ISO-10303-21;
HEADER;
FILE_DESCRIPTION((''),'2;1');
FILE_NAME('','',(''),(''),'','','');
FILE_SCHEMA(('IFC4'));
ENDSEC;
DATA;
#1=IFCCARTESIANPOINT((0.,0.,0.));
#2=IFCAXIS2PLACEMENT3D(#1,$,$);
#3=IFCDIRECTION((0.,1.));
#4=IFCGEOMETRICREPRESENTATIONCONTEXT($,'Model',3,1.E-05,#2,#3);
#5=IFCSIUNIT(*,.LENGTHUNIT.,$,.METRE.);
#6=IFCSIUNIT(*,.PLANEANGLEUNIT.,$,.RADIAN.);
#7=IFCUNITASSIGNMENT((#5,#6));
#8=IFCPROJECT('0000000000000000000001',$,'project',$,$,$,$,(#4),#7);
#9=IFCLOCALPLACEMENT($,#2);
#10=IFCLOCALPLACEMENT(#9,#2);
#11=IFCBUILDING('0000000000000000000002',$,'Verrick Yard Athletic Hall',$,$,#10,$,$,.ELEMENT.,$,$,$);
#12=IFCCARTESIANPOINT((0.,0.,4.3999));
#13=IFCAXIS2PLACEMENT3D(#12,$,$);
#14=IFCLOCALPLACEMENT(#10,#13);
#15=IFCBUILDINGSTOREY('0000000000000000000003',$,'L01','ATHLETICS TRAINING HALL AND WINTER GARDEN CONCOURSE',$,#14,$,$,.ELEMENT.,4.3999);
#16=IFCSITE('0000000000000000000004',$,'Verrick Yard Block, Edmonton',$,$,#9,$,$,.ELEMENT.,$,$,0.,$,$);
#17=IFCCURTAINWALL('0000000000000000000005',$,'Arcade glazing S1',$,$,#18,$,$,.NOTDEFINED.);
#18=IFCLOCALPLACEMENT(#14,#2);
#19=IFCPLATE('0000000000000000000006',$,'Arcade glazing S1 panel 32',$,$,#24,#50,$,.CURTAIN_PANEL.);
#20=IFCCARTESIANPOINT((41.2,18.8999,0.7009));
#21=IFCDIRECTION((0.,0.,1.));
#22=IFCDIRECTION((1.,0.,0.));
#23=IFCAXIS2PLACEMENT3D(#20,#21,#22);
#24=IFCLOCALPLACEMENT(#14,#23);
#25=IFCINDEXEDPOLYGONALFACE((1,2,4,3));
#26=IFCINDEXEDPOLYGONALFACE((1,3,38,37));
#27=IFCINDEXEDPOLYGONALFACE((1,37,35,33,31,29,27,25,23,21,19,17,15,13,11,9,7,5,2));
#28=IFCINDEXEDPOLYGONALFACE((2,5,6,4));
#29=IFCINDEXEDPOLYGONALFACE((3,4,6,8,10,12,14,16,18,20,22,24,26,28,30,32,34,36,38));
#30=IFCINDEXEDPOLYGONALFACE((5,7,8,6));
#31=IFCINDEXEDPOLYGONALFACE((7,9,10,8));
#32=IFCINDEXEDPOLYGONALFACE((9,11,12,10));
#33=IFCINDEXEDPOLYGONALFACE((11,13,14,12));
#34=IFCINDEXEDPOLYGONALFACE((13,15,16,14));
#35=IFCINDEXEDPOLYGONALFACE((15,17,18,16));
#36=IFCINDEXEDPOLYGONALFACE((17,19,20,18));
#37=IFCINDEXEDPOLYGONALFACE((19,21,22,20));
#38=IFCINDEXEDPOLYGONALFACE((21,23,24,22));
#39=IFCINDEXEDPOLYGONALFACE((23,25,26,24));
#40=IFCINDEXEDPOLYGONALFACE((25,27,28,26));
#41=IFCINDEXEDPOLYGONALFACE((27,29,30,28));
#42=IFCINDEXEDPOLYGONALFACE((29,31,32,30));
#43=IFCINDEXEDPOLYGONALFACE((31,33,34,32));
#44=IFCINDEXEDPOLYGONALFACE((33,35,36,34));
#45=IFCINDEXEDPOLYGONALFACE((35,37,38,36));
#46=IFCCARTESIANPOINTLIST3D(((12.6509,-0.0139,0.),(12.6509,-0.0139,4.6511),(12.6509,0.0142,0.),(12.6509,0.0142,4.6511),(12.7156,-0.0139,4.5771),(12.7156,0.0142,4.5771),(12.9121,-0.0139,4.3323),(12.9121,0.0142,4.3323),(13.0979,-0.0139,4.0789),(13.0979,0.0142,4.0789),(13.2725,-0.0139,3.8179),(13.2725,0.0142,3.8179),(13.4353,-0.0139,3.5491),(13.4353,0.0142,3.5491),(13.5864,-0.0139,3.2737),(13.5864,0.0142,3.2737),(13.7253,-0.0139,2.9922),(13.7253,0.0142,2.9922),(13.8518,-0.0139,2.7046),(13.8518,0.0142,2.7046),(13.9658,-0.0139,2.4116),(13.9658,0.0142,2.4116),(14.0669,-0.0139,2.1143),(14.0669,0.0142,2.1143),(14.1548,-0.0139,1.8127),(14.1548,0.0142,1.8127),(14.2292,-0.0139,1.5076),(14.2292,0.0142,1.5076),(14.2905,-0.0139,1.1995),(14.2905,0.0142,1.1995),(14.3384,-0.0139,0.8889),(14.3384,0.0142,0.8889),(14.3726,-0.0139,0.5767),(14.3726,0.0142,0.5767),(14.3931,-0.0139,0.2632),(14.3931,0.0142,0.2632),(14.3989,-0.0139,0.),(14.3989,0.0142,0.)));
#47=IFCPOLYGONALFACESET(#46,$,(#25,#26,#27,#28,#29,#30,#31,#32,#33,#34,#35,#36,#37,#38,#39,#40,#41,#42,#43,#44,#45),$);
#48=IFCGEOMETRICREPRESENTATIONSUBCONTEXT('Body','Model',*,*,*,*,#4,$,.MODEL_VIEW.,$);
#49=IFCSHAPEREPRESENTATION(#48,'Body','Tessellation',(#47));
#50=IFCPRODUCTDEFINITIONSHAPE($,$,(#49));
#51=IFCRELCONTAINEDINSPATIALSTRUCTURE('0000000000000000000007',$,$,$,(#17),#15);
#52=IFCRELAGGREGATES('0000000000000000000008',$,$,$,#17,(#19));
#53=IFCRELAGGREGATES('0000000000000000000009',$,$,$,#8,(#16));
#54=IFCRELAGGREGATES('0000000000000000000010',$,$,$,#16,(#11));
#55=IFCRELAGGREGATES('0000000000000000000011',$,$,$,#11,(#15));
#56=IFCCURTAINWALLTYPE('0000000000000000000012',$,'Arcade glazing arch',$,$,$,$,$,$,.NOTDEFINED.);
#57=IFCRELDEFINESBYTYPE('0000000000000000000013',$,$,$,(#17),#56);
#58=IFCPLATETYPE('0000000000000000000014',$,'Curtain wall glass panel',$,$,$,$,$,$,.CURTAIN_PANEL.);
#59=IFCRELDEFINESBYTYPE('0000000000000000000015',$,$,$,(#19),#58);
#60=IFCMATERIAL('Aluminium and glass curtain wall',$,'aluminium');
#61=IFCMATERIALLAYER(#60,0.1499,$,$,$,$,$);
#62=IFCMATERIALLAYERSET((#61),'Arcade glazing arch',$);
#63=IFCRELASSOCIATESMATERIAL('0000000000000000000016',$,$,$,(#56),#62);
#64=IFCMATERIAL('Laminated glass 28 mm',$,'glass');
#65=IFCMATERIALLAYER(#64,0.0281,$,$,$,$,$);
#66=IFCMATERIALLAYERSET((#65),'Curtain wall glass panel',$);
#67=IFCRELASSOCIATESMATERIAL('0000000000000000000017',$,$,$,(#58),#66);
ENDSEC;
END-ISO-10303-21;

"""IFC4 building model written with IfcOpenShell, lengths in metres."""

from ifc_helpers import new_model, si_unit, direction, frame, origin, place, context, subcontext, project, spatial, polyline, outline, extrude, material, layer, layer_set, type_object, element, aggregate, save


model = new_model("IFC4")

# Units and contexts
model_context = context("Model", 3, precision=1e-05, world=origin(), true_north=direction((0.0, 1.0)))
body_context = subcontext(model_context, "Body", "Model", "MODEL_VIEW")
ifc_project = project(units=[si_unit("LENGTHUNIT", "METRE"), si_unit("PLANEANGLEUNIT", "RADIAN")], contexts=[model_context])

# Site, building, storey
site_placement = place(None, origin())
site = spatial("IfcSite", under=ifc_project, at=site_placement, Name="Verrick Yard Block, Edmonton", CompositionType="ELEMENT", RefElevation=0.0)
building_placement = place(site_placement, origin())
building = spatial("IfcBuilding", under=site, at=building_placement, Name="Verrick Yard Athletic Hall", CompositionType="ELEMENT")
storey_placement = place(building_placement, frame((0.0, 0.0, 4.3999)))
storey = spatial("IfcBuildingStorey", under=building, at=storey_placement, Name="L01", Description="ATHLETICS TRAINING HALL AND WINTER GARDEN CONCOURSE", CompositionType="ELEMENT", Elevation=4.3999)

# Curtain wall, plate
ifc_material_1 = material(Name="Aluminium and glass curtain wall", Category="aluminium")
ifc_layer_1 = layer(ifc_material_1, 0.1499)
ifc_layer_set_1 = layer_set([ifc_layer_1], Name="Arcade glazing arch")
curtain_wall_type = type_object("IfcCurtainWallType", Name="Arcade glazing arch", PredefinedType="NOTDEFINED", material=ifc_layer_set_1)
curtain_wall_placement = place(storey_placement, origin())
curtain_wall = element("IfcCurtainWall", 1, at=curtain_wall_placement, inside=storey, type_object=curtain_wall_type, Name="Arcade glazing S1", PredefinedType="NOTDEFINED")
ifc_material_2 = material(Name="Laminated glass 28 mm", Category="glass")
ifc_layer_2 = layer(ifc_material_2, 0.0281)
ifc_layer_set_2 = layer_set([ifc_layer_2], Name="Curtain wall glass panel")
plate_type = type_object("IfcPlateType", Name="Curtain wall glass panel", PredefinedType="CURTAIN_PANEL", material=ifc_layer_set_2)
plate_1_placement = place(storey_placement, frame((41.2, 18.8999, 0.7009), z_axis=(0.0, 0.0, 1.0), x_axis=(1.0, 0.0, 0.0)))
plate_1 = element("IfcPlate", 2, at=plate_1_placement, type_object=plate_type, Name="Arcade glazing S1 panel 32", PredefinedType="CURTAIN_PANEL", context=body_context, shape_type="SweptSolid", body=[
    extrude(outline(polyline([(14.3989, 0.0), (14.3931, 0.2632), (14.3726, 0.5767), (14.3384, 0.8889), (14.2905, 1.1995), (14.2292, 1.5076), (14.1548, 1.8127), (14.0669, 2.1143), (13.9658, 2.4116), (13.8518, 2.7046), (13.7253, 2.9922), (13.5864, 3.2737), (13.4353, 3.5491), (13.2725, 3.8179), (13.0979, 4.0789), (12.9121, 4.3323), (12.7156, 4.5771), (12.6509, 4.6511), (12.6509, 0.0), (14.3989, 0.0)])), frame((0.0, 0.0142, 0.0), z_axis=(0.0, -1.0, 0.0), x_axis=(1.0, 0.0, 0.0)), (0.0, 0.0, 1.0), 0.0281),
])
aggregate(curtain_wall, [plate_1])

save(model, "model.ifc")
